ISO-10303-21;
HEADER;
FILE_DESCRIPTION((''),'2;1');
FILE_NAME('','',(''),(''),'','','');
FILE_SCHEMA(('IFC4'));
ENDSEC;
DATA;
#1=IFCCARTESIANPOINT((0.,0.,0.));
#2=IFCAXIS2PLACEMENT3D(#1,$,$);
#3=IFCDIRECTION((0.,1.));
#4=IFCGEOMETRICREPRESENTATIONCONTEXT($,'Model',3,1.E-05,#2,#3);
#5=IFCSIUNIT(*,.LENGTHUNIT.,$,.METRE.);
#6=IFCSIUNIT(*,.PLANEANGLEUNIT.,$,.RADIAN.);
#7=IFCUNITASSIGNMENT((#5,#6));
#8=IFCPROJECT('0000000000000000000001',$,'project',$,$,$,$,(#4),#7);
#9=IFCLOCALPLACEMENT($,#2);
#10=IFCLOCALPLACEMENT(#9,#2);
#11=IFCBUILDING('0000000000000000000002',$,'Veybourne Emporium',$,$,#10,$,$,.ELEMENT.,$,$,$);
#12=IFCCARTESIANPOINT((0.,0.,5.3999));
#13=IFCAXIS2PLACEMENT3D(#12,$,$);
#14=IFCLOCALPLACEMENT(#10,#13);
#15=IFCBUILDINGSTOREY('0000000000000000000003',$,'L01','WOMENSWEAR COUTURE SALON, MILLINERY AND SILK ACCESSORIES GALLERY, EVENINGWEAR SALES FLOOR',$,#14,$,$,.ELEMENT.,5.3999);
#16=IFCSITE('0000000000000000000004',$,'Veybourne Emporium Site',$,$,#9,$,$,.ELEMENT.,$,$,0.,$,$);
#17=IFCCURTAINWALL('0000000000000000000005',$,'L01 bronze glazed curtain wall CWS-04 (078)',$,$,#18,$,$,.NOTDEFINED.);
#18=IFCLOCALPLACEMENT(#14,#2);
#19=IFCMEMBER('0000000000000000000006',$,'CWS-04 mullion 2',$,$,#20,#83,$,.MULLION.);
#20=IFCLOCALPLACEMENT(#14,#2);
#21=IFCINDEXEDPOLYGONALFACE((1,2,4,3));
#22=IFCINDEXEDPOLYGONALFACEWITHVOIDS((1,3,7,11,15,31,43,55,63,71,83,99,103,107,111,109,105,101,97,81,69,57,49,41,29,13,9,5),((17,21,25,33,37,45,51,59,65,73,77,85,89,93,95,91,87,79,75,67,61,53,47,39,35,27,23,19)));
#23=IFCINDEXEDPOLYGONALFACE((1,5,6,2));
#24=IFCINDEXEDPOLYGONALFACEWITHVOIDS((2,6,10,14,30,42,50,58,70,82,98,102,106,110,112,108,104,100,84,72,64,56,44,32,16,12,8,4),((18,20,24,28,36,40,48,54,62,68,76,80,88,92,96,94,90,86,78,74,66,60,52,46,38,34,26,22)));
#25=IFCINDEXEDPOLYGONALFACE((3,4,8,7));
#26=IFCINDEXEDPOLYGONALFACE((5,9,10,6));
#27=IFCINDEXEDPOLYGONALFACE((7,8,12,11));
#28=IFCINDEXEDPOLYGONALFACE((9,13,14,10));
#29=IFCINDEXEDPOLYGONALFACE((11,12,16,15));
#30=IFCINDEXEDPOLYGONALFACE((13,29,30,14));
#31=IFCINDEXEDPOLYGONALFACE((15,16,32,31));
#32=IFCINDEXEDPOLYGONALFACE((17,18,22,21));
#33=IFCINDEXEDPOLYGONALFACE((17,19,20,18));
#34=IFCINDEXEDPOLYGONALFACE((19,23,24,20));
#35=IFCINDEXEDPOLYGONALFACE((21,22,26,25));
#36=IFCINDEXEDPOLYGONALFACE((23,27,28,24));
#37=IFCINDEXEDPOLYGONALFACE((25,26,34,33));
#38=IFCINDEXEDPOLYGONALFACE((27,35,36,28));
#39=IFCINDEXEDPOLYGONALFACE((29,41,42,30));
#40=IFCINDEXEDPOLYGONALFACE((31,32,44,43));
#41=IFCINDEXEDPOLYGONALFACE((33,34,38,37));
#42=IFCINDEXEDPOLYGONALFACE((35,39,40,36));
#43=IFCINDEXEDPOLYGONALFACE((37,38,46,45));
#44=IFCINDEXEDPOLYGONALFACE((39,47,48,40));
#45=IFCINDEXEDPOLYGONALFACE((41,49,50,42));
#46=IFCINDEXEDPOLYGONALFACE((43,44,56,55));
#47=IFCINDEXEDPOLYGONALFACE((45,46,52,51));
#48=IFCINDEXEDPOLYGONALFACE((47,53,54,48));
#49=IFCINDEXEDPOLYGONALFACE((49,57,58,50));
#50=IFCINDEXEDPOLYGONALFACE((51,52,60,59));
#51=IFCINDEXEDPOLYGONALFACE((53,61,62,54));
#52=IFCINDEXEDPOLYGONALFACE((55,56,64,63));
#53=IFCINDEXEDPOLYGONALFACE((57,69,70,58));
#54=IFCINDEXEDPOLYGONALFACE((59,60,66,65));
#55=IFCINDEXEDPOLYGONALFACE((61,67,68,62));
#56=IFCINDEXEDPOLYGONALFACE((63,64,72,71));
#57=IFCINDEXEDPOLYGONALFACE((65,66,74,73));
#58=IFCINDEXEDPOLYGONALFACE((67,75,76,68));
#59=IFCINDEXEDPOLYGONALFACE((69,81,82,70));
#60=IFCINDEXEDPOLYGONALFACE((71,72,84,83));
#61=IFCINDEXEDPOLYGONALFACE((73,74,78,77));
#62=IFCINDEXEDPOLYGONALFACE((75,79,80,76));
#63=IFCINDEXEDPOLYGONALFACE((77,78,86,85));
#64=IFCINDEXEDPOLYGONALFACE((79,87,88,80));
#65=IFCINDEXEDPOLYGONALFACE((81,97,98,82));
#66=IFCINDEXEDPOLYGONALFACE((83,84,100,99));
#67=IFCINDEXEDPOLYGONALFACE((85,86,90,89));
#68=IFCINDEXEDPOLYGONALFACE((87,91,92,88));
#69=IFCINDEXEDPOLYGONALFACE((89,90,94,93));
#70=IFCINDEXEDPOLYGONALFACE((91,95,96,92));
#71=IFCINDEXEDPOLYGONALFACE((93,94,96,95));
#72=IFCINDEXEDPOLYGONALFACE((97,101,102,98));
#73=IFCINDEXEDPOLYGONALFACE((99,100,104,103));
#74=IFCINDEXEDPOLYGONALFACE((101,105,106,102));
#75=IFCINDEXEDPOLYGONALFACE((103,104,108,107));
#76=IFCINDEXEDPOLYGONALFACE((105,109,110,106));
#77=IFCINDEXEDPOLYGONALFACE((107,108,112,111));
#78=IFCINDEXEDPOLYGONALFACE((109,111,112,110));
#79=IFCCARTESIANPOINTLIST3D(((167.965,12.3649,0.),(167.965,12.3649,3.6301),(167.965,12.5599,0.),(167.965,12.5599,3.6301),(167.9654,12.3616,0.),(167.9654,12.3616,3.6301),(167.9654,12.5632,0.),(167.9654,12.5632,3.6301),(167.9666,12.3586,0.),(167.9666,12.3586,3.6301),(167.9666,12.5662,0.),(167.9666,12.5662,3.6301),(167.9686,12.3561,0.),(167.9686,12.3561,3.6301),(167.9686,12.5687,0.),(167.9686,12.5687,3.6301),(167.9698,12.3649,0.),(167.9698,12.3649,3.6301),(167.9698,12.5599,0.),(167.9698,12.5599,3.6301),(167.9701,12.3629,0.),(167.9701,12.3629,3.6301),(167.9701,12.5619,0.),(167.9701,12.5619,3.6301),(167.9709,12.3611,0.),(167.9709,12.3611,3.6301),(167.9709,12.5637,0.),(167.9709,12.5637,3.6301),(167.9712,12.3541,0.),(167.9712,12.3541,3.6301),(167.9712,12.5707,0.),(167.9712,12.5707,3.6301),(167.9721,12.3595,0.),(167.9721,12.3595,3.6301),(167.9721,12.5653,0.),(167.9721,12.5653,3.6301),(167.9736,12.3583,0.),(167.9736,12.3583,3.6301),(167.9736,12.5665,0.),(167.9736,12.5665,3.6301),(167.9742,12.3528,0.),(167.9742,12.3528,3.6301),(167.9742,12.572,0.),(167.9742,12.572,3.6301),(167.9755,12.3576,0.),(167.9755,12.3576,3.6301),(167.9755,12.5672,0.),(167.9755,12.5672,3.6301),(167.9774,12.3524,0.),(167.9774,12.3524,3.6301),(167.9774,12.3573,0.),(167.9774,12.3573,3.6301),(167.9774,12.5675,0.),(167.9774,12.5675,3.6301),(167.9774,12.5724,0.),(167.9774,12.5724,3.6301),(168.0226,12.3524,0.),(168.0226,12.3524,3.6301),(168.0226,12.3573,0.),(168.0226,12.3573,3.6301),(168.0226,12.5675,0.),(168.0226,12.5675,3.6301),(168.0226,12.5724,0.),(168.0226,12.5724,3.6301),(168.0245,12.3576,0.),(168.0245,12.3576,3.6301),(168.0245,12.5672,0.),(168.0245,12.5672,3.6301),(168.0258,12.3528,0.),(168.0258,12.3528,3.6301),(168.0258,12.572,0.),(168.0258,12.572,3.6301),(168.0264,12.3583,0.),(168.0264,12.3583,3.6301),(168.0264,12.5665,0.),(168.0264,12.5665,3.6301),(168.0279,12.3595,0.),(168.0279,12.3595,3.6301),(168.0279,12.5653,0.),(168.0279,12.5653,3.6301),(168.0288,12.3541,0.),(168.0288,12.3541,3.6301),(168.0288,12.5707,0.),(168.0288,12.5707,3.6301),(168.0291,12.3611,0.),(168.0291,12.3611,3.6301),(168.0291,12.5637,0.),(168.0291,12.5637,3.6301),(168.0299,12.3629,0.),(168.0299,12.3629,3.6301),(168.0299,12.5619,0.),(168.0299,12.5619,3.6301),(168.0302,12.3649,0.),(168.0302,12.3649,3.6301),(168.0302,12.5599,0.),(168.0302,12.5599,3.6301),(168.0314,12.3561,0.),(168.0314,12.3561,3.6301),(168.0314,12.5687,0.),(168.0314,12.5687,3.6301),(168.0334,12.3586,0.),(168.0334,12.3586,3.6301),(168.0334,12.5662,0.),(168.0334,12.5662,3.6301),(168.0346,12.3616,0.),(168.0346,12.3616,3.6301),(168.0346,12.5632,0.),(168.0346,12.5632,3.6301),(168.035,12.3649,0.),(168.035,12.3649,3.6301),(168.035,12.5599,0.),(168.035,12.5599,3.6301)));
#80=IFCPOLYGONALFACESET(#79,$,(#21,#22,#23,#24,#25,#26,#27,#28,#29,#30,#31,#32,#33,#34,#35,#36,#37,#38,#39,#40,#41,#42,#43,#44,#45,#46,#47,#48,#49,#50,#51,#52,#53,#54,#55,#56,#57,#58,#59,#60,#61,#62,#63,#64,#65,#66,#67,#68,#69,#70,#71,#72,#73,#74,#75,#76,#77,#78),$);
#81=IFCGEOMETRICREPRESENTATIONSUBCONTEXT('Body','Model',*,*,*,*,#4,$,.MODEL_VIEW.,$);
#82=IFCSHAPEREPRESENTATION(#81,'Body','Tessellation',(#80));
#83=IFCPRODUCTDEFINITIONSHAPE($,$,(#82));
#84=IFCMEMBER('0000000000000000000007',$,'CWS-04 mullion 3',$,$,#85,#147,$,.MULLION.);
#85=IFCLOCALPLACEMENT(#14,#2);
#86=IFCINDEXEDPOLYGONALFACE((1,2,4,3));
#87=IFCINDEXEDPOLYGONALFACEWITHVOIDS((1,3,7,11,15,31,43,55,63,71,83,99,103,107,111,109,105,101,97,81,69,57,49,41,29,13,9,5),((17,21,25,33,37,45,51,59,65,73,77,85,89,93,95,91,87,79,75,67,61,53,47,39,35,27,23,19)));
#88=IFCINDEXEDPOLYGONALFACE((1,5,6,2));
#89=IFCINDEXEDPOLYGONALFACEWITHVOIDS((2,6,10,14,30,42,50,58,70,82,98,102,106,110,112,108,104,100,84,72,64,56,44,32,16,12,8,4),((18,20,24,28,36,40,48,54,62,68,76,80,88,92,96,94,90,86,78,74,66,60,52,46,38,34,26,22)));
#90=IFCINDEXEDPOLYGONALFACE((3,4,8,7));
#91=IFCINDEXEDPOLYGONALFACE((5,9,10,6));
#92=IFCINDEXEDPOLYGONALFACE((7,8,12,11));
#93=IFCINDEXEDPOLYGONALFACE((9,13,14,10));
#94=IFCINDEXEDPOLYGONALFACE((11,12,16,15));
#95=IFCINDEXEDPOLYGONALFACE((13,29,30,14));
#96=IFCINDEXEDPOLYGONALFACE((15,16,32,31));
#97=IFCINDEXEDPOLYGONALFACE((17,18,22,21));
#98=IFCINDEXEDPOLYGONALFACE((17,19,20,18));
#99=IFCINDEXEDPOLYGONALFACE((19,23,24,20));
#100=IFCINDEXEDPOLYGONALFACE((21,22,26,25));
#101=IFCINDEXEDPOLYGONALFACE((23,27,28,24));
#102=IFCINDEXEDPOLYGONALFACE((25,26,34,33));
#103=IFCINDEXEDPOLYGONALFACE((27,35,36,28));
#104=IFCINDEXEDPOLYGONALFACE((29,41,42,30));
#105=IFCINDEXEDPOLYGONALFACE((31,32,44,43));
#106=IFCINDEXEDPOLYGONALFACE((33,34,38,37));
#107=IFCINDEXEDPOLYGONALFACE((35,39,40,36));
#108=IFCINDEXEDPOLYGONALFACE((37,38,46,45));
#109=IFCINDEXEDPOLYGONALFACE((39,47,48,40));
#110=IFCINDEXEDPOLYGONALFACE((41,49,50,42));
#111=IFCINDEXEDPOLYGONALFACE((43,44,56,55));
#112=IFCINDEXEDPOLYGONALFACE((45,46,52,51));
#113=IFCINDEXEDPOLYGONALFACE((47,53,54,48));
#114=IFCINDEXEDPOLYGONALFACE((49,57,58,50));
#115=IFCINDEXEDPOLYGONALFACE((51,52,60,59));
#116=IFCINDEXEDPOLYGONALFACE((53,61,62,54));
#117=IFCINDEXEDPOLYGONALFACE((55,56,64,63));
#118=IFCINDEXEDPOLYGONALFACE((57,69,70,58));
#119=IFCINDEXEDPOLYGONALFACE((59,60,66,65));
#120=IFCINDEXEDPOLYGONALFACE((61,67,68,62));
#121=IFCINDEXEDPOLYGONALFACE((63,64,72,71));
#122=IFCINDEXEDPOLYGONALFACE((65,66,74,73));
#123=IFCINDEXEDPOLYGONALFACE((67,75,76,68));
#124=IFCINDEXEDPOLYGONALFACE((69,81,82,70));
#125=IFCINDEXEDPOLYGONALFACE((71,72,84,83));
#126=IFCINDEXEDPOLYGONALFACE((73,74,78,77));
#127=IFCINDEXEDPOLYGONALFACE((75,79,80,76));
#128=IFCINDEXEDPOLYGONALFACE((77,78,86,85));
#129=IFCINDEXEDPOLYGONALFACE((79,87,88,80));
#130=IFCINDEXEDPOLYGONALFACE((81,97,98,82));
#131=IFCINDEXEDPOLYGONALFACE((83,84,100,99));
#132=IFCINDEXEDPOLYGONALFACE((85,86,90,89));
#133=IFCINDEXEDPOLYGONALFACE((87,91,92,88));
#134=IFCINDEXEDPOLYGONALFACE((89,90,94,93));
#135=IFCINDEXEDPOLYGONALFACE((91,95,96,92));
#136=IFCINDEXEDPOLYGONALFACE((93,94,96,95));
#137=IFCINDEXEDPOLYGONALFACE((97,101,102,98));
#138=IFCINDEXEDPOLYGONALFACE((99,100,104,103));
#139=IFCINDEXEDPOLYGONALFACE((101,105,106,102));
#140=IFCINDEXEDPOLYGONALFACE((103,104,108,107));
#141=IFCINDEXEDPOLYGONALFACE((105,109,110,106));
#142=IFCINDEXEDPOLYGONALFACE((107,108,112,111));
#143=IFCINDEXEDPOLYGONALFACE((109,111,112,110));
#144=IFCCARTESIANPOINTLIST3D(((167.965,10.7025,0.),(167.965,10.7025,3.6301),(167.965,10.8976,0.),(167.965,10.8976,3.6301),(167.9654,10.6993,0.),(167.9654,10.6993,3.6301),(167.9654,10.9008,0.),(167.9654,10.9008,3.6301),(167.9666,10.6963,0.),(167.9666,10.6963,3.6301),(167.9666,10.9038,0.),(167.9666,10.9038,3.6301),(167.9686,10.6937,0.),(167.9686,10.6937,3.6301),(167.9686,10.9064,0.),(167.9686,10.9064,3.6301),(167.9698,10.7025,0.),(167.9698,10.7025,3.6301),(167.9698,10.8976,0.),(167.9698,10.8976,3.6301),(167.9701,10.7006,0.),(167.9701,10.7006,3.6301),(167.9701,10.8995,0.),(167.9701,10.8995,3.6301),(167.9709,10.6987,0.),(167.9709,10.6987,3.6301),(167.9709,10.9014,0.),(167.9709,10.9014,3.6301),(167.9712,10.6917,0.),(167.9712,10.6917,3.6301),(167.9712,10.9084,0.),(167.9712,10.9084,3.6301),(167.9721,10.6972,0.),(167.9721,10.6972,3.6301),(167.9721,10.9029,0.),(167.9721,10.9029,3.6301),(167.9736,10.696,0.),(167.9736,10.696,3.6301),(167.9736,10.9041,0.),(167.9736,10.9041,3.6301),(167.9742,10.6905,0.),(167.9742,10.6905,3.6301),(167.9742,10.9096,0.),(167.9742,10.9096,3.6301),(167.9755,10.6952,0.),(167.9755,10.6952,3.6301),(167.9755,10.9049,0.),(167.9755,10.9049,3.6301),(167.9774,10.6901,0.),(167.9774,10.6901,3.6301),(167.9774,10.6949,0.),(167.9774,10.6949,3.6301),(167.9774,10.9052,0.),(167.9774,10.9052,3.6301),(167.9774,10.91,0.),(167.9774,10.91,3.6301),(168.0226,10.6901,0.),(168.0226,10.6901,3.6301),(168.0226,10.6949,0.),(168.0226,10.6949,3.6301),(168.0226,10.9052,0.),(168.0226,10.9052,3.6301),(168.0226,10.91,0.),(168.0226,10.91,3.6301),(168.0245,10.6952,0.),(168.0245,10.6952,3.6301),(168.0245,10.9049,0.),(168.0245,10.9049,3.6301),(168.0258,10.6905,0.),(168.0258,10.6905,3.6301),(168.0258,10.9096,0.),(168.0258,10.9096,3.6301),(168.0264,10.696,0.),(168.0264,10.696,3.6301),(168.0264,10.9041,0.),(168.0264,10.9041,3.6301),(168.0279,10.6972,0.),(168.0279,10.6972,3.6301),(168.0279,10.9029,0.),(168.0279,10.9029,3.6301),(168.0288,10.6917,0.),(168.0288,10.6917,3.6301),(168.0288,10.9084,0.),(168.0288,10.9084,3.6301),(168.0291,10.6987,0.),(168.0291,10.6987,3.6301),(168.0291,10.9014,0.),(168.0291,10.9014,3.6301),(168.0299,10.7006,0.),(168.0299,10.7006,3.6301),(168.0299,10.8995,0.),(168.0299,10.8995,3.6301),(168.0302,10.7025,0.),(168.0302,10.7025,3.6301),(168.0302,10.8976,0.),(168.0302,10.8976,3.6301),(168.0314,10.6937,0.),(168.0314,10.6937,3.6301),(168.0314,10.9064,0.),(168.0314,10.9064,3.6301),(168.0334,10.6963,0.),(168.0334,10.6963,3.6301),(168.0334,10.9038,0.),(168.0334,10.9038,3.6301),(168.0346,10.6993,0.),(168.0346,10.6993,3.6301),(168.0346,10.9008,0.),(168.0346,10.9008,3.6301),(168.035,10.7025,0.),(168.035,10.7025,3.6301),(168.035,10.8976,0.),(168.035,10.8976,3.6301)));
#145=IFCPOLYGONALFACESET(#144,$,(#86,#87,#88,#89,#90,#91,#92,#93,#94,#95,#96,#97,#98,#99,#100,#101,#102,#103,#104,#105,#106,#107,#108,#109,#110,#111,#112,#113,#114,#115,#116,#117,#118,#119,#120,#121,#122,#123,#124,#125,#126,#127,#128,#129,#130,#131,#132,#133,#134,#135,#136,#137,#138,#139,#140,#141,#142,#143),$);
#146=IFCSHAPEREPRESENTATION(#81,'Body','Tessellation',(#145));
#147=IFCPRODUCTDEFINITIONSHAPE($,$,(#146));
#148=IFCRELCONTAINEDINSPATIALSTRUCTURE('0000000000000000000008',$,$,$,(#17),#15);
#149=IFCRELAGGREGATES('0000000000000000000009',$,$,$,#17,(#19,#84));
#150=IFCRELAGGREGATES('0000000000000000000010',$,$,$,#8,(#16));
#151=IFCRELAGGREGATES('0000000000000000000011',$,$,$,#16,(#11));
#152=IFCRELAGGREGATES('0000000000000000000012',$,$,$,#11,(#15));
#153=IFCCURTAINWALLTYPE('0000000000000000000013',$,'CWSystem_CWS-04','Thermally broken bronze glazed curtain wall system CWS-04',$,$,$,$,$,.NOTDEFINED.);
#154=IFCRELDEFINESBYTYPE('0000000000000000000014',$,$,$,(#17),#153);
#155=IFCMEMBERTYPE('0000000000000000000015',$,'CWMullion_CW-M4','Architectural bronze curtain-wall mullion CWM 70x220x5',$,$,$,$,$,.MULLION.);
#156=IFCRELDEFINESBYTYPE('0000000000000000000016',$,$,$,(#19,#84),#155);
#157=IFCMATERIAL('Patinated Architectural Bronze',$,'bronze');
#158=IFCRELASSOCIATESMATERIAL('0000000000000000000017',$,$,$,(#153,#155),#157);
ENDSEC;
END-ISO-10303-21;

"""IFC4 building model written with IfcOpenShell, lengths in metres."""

from ifc_helpers import new_model, si_unit, direction, frame, origin, origin_2d, place, context, subcontext, project, spatial, hollow_rectangle, extrude, material, material_profile, profile_set, type_object, element, aggregate, save


model = new_model("IFC4")

# Units and contexts
model_context = context("Model", 3, precision=1e-05, world=origin(), true_north=direction((0.0, 1.0)))
body_context = subcontext(model_context, "Body", "Model", "MODEL_VIEW")
ifc_project = project(units=[si_unit("LENGTHUNIT", "METRE"), si_unit("PLANEANGLEUNIT", "RADIAN")], contexts=[model_context])

# Site, building, storey
site_placement = place(None, origin())
site = spatial("IfcSite", under=ifc_project, at=site_placement, Name="Veybourne Emporium Site", CompositionType="ELEMENT", RefElevation=0.0)
building_placement = place(site_placement, origin())
building = spatial("IfcBuilding", under=site, at=building_placement, Name="Veybourne Emporium", CompositionType="ELEMENT")
storey_placement = place(building_placement, frame((0.0, 0.0, 5.3999)))
storey = spatial("IfcBuildingStorey", under=building, at=storey_placement, Name="L01", Description="WOMENSWEAR COUTURE SALON, MILLINERY AND SILK ACCESSORIES GALLERY, EVENINGWEAR SALES FLOOR", CompositionType="ELEMENT", Elevation=5.3999)

# Curtain wall, members
ifc_material_1 = material(Name="Patinated Architectural Bronze", Category="bronze")
curtain_wall_type = type_object("IfcCurtainWallType", Name="CWSystem_CWS-04", Description="Thermally broken bronze glazed curtain wall system CWS-04", PredefinedType="NOTDEFINED", material=ifc_material_1)
curtain_wall_placement = place(storey_placement, origin())
curtain_wall = element("IfcCurtainWall", 1, at=curtain_wall_placement, inside=storey, type_object=curtain_wall_type, Name="L01 bronze glazed curtain wall CWS-04 (078)", PredefinedType="NOTDEFINED")
ifc_material_profile_1 = material_profile(ifc_material_1, hollow_rectangle(XDim=0.0701, YDim=0.22, WallThickness=0.0049, InnerFilletRadius=0.0076, OuterFilletRadius=0.0125, at=origin_2d()), Name="CWM 70x220x5")
ifc_profile_set_1 = profile_set([ifc_material_profile_1], Name="Patinated Architectural Bronze")
member_type_1 = type_object("IfcMemberType", Name="CWMullion_CW-M4", Description="Architectural bronze curtain-wall mullion CWM 70x220x5", PredefinedType="MULLION", material=ifc_profile_set_1)
member_1_placement = place(storey_placement, frame((168.0, 12.4624, 0.0), z_axis=(0.0, 0.0, 1.0), x_axis=(1.0, 0.0, 0.0)))
member_1 = element("IfcMember", 2, at=member_1_placement, type_object=member_type_1, Name="CWS-04 mullion 2", PredefinedType="MULLION", context=body_context, shape_type="SweptSolid", body=[
    extrude(hollow_rectangle(XDim=0.0701, YDim=0.22, WallThickness=0.0049, InnerFilletRadius=0.0076, OuterFilletRadius=0.0125, at=origin_2d()), origin(), (0.0, 0.0, 1.0), 3.6301),
])
member_2_placement = place(storey_placement, frame((168.0, 10.8, 0.0), z_axis=(0.0, 0.0, 1.0), x_axis=(1.0, 0.0, 0.0)))
member_2 = element("IfcMember", 3, at=member_2_placement, type_object=member_type_1, Name="CWS-04 mullion 3", PredefinedType="MULLION", context=body_context, shape_type="SweptSolid", body=[
    extrude(hollow_rectangle(XDim=0.0701, YDim=0.22, WallThickness=0.0049, InnerFilletRadius=0.0076, OuterFilletRadius=0.0125, at=origin_2d()), origin(), (0.0, 0.0, 1.0), 3.6301),
])
aggregate(curtain_wall, [member_1, member_2])

save(model, "model.ifc")
